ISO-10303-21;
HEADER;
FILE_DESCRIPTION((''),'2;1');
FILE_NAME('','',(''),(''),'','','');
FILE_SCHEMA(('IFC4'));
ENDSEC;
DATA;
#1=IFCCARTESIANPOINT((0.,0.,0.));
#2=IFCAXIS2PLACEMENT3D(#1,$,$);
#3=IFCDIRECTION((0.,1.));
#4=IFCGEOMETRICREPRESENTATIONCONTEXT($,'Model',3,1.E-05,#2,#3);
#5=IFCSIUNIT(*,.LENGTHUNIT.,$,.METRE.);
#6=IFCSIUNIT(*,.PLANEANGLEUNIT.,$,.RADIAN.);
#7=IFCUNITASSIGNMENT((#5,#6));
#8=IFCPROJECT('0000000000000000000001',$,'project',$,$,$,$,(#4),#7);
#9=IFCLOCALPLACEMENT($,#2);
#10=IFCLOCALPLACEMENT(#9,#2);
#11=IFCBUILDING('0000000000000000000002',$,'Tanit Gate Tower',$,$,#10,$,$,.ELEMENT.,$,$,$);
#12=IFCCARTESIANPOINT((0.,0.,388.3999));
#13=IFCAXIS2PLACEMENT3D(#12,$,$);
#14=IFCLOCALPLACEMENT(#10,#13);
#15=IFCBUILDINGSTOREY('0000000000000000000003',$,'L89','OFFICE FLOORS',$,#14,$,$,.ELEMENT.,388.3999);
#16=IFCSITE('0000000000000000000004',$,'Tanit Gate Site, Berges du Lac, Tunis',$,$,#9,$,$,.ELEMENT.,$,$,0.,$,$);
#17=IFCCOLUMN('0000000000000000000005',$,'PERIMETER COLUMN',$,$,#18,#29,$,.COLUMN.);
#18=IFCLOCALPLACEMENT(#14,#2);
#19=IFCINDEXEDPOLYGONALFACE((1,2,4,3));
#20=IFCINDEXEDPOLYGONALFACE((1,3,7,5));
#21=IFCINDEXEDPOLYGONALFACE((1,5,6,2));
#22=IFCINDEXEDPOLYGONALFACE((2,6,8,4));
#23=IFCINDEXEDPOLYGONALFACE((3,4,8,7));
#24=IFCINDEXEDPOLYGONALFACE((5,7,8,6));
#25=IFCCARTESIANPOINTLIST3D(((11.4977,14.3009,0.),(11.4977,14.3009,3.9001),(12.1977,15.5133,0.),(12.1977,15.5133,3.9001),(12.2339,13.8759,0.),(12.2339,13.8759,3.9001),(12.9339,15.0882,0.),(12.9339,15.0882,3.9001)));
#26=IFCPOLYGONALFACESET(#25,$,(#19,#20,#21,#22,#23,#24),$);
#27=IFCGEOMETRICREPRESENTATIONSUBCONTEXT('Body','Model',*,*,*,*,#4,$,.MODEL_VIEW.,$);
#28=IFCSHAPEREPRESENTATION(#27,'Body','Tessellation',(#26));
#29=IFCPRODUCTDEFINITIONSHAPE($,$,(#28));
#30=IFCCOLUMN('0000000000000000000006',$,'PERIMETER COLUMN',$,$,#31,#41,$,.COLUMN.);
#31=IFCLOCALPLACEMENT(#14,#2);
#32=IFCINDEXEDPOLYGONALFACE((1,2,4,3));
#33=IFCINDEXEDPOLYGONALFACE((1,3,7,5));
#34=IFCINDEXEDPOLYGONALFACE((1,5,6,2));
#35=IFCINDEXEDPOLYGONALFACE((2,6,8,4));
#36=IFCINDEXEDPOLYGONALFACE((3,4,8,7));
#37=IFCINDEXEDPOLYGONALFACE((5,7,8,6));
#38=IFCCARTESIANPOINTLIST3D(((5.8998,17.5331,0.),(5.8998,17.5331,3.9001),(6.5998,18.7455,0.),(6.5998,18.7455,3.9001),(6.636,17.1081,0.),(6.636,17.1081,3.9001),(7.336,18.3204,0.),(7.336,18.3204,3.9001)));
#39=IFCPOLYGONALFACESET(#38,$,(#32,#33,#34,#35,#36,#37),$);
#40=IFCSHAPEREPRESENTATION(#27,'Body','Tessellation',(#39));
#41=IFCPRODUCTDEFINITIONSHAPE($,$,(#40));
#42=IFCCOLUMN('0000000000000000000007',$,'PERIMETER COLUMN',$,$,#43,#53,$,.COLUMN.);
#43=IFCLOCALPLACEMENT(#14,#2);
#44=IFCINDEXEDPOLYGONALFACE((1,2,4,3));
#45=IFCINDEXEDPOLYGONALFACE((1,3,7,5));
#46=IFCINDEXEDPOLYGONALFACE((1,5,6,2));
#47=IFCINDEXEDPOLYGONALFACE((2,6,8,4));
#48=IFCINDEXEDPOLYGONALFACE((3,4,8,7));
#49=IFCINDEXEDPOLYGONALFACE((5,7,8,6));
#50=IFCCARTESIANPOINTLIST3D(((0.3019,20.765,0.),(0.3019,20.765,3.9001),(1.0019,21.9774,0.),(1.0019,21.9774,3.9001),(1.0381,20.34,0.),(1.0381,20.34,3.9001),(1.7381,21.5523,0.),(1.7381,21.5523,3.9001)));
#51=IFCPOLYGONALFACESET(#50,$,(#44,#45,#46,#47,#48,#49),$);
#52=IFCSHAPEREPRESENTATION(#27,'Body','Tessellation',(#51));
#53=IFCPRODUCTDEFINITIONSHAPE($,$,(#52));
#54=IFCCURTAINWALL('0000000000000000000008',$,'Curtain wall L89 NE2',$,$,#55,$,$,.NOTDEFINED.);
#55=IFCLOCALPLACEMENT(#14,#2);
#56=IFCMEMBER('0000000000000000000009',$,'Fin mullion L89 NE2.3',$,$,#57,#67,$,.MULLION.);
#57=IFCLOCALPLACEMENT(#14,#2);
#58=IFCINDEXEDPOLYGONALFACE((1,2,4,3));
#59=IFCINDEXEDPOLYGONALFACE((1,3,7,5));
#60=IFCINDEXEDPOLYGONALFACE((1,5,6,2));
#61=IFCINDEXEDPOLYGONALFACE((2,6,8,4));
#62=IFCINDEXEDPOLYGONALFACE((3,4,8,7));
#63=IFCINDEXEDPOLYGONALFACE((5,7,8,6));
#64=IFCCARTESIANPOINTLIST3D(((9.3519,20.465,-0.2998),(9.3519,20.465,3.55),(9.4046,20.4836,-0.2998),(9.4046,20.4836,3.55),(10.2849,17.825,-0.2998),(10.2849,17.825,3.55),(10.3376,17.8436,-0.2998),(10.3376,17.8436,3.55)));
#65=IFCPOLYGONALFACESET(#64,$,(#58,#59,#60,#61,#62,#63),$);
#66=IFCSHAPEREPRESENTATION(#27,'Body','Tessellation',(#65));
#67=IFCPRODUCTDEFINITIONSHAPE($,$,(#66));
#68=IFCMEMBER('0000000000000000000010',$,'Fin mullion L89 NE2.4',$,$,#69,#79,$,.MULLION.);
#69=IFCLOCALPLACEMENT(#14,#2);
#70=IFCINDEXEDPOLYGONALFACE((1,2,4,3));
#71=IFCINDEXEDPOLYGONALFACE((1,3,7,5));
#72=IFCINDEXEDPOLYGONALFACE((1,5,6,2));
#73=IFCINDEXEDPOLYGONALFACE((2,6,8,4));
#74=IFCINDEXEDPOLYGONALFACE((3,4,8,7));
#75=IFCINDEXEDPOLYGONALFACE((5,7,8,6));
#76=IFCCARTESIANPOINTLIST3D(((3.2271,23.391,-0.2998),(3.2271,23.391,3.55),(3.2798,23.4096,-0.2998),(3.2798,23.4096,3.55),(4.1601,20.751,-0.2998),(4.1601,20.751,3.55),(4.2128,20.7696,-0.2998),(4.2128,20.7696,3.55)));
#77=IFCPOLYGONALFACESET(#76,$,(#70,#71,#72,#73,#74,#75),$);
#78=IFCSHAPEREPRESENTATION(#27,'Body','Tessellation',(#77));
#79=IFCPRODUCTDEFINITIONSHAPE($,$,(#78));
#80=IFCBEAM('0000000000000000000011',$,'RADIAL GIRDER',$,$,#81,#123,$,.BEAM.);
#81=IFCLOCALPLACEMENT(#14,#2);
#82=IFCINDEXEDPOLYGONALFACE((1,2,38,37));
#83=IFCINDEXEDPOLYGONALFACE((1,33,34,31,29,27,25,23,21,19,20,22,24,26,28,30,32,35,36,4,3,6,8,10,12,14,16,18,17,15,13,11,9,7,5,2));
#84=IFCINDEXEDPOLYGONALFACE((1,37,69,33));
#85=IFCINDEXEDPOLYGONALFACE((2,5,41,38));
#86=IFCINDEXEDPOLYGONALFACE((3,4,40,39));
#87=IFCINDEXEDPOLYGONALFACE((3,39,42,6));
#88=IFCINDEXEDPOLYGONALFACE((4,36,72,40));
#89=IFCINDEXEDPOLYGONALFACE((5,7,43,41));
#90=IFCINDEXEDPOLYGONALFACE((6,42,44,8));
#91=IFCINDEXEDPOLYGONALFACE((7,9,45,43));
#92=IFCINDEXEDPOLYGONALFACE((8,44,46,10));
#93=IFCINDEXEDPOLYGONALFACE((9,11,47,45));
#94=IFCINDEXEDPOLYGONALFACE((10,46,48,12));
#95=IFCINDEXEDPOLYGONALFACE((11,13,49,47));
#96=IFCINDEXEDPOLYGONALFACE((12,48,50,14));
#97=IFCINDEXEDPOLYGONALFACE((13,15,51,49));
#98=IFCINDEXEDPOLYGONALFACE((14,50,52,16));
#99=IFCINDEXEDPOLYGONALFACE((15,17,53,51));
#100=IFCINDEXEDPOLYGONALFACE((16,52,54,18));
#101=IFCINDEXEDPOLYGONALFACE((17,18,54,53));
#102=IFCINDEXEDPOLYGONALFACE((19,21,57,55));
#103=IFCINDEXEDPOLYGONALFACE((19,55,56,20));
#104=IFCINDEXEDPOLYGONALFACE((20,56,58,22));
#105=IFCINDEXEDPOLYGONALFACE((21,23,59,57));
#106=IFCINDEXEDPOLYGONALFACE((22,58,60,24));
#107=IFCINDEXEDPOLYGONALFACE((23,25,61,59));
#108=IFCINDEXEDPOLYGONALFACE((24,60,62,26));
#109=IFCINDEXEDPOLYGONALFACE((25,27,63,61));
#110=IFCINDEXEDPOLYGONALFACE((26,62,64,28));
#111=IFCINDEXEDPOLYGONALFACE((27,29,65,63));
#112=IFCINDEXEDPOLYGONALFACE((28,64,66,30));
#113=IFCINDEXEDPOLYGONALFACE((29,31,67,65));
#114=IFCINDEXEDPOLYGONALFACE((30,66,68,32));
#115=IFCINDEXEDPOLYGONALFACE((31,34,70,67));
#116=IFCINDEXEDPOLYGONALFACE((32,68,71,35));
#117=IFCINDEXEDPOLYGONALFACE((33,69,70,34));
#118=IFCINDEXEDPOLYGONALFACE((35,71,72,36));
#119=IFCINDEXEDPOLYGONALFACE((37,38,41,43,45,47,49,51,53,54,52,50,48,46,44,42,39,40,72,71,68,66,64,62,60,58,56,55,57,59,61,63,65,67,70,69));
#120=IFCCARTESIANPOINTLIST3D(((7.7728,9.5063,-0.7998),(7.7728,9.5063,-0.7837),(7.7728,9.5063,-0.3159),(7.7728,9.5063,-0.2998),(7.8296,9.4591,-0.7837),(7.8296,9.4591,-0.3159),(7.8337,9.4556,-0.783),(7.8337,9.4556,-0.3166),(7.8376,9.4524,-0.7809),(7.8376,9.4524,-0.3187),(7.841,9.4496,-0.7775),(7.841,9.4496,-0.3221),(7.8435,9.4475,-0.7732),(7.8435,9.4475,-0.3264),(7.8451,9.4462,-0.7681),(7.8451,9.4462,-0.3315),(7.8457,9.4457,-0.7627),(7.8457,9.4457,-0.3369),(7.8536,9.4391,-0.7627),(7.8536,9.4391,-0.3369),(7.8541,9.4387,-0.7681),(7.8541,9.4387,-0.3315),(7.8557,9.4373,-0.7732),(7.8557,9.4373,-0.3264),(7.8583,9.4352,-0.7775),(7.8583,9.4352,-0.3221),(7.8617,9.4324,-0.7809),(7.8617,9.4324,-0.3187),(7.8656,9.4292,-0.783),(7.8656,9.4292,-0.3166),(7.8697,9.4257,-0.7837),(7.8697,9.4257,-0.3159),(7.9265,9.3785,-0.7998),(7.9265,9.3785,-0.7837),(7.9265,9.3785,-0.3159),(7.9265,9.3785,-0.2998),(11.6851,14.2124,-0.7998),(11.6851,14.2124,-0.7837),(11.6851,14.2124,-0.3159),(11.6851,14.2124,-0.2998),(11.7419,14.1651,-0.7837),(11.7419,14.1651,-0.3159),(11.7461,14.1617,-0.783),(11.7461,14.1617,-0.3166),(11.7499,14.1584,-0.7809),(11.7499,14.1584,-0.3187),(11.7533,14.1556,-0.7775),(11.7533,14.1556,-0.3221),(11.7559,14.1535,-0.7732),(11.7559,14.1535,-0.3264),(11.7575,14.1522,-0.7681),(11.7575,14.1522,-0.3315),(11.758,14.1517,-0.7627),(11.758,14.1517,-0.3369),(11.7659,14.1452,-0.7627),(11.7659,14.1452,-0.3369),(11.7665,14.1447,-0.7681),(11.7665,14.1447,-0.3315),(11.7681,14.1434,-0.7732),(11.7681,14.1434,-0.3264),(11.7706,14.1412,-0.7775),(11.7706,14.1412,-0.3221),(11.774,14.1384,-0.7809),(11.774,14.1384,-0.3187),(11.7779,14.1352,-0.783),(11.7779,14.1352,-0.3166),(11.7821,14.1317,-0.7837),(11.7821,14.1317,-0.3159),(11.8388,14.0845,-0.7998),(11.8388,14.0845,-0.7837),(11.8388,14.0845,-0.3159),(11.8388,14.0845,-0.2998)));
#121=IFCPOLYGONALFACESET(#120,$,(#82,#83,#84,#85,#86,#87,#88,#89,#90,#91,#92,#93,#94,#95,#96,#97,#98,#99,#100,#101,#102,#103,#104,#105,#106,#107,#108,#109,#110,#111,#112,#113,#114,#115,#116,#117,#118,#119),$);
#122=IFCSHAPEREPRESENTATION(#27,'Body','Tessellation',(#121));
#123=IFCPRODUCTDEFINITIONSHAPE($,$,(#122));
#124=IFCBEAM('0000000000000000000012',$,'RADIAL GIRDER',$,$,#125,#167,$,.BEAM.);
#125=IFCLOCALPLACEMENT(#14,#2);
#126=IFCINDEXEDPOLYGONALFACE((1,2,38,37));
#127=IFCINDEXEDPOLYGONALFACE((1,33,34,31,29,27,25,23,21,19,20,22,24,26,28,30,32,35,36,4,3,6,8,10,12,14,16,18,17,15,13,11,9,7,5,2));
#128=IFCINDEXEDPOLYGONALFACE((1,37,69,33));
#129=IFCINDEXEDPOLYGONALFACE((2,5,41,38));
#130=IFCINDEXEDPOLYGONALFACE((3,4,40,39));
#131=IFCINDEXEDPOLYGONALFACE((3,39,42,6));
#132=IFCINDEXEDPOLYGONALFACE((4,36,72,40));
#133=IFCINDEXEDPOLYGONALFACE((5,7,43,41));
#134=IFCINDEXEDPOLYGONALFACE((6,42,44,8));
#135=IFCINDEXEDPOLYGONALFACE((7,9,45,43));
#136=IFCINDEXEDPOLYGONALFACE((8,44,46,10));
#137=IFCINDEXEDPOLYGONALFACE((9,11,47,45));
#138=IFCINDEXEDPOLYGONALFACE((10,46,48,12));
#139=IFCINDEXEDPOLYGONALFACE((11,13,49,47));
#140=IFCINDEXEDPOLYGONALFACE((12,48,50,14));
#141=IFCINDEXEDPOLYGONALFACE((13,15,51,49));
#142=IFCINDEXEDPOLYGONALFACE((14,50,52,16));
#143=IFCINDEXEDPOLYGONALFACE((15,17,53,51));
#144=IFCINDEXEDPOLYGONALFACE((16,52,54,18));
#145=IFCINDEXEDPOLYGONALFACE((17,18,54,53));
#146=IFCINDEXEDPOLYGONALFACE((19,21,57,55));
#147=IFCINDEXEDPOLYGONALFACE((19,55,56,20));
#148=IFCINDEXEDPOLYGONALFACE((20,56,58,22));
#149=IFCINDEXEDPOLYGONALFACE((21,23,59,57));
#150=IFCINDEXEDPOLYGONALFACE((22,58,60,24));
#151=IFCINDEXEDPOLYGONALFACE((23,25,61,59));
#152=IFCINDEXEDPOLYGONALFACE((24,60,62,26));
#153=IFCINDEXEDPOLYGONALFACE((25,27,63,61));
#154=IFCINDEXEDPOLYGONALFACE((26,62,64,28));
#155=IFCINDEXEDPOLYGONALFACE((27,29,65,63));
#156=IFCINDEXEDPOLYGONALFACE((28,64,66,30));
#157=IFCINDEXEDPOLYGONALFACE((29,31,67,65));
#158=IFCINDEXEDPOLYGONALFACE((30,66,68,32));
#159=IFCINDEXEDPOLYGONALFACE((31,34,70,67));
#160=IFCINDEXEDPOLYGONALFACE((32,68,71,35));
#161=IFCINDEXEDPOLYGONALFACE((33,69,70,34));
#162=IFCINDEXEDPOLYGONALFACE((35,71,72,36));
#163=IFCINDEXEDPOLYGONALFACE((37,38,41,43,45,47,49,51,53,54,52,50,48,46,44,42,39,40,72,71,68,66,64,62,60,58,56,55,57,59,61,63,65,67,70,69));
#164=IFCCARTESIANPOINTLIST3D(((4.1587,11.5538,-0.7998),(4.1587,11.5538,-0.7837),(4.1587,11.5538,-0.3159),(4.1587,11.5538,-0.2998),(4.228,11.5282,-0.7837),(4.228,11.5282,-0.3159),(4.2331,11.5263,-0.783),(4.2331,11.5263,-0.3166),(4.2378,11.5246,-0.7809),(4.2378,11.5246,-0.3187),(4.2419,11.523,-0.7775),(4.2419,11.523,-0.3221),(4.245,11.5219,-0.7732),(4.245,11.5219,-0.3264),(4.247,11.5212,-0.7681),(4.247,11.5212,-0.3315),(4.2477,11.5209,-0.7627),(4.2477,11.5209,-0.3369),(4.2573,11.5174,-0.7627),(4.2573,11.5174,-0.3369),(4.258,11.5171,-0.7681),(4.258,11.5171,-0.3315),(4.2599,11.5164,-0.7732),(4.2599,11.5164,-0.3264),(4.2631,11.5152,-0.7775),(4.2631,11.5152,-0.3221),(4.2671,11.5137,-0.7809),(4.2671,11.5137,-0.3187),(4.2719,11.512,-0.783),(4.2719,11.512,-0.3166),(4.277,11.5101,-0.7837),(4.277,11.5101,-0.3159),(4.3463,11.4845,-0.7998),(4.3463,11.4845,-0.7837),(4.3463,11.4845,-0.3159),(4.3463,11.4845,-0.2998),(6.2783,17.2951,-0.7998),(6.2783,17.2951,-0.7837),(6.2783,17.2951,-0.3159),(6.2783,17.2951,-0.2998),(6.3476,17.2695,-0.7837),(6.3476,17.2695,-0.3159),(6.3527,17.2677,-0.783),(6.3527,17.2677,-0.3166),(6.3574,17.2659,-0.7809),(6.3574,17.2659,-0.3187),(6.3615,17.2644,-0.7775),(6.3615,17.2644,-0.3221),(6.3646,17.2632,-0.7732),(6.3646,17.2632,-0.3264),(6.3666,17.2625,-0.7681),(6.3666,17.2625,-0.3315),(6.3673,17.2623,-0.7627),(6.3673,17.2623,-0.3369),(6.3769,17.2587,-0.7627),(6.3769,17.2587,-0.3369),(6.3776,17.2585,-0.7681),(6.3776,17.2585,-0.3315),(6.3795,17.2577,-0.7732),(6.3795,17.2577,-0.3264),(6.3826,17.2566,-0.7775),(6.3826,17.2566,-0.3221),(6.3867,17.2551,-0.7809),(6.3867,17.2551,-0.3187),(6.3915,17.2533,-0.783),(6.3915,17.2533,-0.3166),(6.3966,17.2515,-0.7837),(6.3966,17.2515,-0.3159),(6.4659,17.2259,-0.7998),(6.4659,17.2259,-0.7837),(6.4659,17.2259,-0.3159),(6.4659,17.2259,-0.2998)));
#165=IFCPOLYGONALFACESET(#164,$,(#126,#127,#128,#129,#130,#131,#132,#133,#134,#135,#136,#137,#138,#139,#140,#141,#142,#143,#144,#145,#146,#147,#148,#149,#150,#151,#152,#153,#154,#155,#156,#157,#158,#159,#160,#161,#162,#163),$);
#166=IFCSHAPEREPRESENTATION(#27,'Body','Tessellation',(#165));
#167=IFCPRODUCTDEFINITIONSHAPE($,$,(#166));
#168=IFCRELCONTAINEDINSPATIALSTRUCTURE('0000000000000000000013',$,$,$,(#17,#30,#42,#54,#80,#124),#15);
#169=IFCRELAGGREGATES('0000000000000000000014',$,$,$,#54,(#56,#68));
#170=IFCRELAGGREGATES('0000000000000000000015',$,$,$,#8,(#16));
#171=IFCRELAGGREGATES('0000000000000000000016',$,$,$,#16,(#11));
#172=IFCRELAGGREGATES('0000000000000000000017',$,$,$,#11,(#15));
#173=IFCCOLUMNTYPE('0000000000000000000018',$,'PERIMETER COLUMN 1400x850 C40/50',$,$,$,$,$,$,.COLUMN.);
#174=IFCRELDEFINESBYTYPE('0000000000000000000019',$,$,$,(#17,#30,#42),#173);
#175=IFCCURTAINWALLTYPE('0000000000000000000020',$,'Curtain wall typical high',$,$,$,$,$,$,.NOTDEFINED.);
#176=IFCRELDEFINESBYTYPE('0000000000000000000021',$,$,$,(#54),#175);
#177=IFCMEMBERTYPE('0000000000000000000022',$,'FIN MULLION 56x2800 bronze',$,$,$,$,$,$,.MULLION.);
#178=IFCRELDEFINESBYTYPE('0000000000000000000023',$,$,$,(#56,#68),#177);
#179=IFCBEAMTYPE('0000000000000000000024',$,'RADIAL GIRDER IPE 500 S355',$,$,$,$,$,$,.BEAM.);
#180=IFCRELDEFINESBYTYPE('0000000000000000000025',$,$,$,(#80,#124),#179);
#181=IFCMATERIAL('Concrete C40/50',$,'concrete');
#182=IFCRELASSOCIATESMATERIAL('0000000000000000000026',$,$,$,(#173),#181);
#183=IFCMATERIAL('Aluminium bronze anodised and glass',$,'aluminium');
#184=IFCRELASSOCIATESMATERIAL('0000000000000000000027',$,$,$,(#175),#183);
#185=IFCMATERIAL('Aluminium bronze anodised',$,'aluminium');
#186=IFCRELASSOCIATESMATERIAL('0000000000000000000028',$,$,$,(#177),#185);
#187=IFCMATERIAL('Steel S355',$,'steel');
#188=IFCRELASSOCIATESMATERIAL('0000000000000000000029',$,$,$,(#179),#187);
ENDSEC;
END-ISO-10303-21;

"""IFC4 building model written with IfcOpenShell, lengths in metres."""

from ifc_helpers import new_model, si_unit, direction, frame, origin, origin_2d, place, context, subcontext, project, spatial, rectangle, i_section, extrude, material, material_profile, profile_set, type_object, element, aggregate, save


model = new_model("IFC4")

# Units and contexts
model_context = context("Model", 3, precision=1e-05, world=origin(), true_north=direction((0.0, 1.0)))
body_context = subcontext(model_context, "Body", "Model", "MODEL_VIEW")
ifc_project = project(units=[si_unit("LENGTHUNIT", "METRE"), si_unit("PLANEANGLEUNIT", "RADIAN")], contexts=[model_context])

# Site, building, storey
site_placement = place(None, origin())
site = spatial("IfcSite", under=ifc_project, at=site_placement, Name="Tanit Gate Site, Berges du Lac, Tunis", CompositionType="ELEMENT", RefElevation=0.0)
building_placement = place(site_placement, origin())
building = spatial("IfcBuilding", under=site, at=building_placement, Name="Tanit Gate Tower", CompositionType="ELEMENT")
storey_placement = place(building_placement, frame((0.0, 0.0, 388.3999)))
storey = spatial("IfcBuildingStorey", under=building, at=storey_placement, Name="L89", Description="OFFICE FLOORS", CompositionType="ELEMENT", Elevation=388.3999)

# Columns
ifc_material_1 = material(Name="Concrete C40/50", Category="concrete")
ifc_material_profile_1 = material_profile(ifc_material_1, rectangle(XDim=1.3999, YDim=0.8501, at=origin_2d()), Name="RC 1400x850")
ifc_profile_set_1 = profile_set([ifc_material_profile_1], Name="Concrete C40/50")
column_type = type_object("IfcColumnType", Name="PERIMETER COLUMN 1400x850 C40/50", PredefinedType="COLUMN", material=ifc_profile_set_1)
for number, where, z_axis, x_axis, name in (
    (1, (12.2158, 14.6946, 0.0), (0.0, 0.0, 1.0), (0.5, 0.866025, 0.0), "PERIMETER COLUMN"),
    (2, (6.6179, 17.9268, 0.0), (0.0, 0.0, 1.0), (0.5, 0.866025, 0.0), "PERIMETER COLUMN"),
    (3, (1.02, 21.1587, 0.0), (0.0, 0.0, 1.0), (0.5, 0.866025, 0.0), "PERIMETER COLUMN"),
):
    element("IfcColumn", number, at=place(storey_placement, frame(where, z_axis=z_axis, x_axis=x_axis)), inside=storey, type_object=column_type, Name=name, PredefinedType="COLUMN", context=body_context, shape_type="SweptSolid", body=[
        extrude(rectangle(XDim=1.3999, YDim=0.8501, at=origin_2d()), origin(), (0.0, 0.0, 1.0), 3.9001),
    ])

# Curtain wall, members
ifc_material_2 = material(Name="Aluminium bronze anodised and glass", Category="aluminium")
curtain_wall_type = type_object("IfcCurtainWallType", Name="Curtain wall typical high", PredefinedType="NOTDEFINED", material=ifc_material_2)
curtain_wall_placement = place(storey_placement, origin())
curtain_wall = element("IfcCurtainWall", 4, at=curtain_wall_placement, inside=storey, type_object=curtain_wall_type, Name="Curtain wall L89 NE2", PredefinedType="NOTDEFINED")
ifc_material_3 = material(Name="Aluminium bronze anodised", Category="aluminium")
ifc_material_profile_2 = material_profile(ifc_material_3, rectangle(XDim=2.8, YDim=0.0559, at=origin_2d()), Name="56x2800 bronze fin mullion")
ifc_profile_set_2 = profile_set([ifc_material_profile_2], Name="Aluminium bronze anodised")
member_type_1 = type_object("IfcMemberType", Name="FIN MULLION 56x2800 bronze", PredefinedType="MULLION", material=ifc_profile_set_2)
member_1_placement = place(storey_placement, frame((9.8447, 19.1543, -0.2998), z_axis=(0.0, 0.0, 1.0), x_axis=(0.33322, -0.942849, 0.0)))
member_1 = element("IfcMember", 5, at=member_1_placement, type_object=member_type_1, Name="Fin mullion L89 NE2.3", PredefinedType="MULLION", context=body_context, shape_type="SweptSolid", body=[
    extrude(rectangle(XDim=2.8, YDim=0.0559, at=origin_2d()), origin(), (0.0, 0.0, 1.0), 3.8499),
])
member_2_placement = place(storey_placement, frame((3.72, 22.0803, -0.2998), z_axis=(0.0, 0.0, 1.0), x_axis=(0.33322, -0.942849, 0.0)))
member_2 = element("IfcMember", 6, at=member_2_placement, type_object=member_type_1, Name="Fin mullion L89 NE2.4", PredefinedType="MULLION", context=body_context, shape_type="SweptSolid", body=[
    extrude(rectangle(XDim=2.8, YDim=0.0559, at=origin_2d()), origin(), (0.0, 0.0, 1.0), 3.8499),
])

# Beams
ifc_material_4 = material(Name="Steel S355", Category="steel")
ifc_material_profile_3 = material_profile(ifc_material_4, i_section(OverallWidth=0.2, OverallDepth=0.5, WebThickness=0.0103, FlangeThickness=0.0161, FilletRadius=0.021, at=origin_2d()), Name="IPE 500")
ifc_profile_set_3 = profile_set([ifc_material_profile_3], Name="Steel S355")
beam_type = type_object("IfcBeamType", Name="RADIAL GIRDER IPE 500 S355", PredefinedType="BEAM", material=ifc_profile_set_3)
beam_1_placement = place(storey_placement, frame((11.762, 14.1484, -0.5498), z_axis=(-0.639281, -0.768973, 0.0), x_axis=(0.768973, -0.639281, 0.0)))
element("IfcBeam", 7, at=beam_1_placement, inside=storey, type_object=beam_type, Name="RADIAL GIRDER", PredefinedType="BEAM", context=body_context, shape_type="SweptSolid", body=[
    extrude(i_section(OverallWidth=0.2, OverallDepth=0.5, WebThickness=0.0103, FlangeThickness=0.0161, FilletRadius=0.021, at=origin_2d()), origin(), (0.0, 0.0, 1.0), 6.1199),
])
beam_2_placement = place(storey_placement, frame((6.3721, 17.2605, -0.5498), z_axis=(-0.346332, -0.938112, 0.0), x_axis=(0.938112, -0.346332, 0.0)))
element("IfcBeam", 8, at=beam_2_placement, inside=storey, type_object=beam_type, Name="RADIAL GIRDER", PredefinedType="BEAM", context=body_context, shape_type="SweptSolid", body=[
    extrude(i_section(OverallWidth=0.2, OverallDepth=0.5, WebThickness=0.0103, FlangeThickness=0.0161, FilletRadius=0.021, at=origin_2d()), origin(), (0.0, 0.0, 1.0), 6.1201),
])

aggregate(curtain_wall, [member_1, member_2])

save(model, "model.ifc")
